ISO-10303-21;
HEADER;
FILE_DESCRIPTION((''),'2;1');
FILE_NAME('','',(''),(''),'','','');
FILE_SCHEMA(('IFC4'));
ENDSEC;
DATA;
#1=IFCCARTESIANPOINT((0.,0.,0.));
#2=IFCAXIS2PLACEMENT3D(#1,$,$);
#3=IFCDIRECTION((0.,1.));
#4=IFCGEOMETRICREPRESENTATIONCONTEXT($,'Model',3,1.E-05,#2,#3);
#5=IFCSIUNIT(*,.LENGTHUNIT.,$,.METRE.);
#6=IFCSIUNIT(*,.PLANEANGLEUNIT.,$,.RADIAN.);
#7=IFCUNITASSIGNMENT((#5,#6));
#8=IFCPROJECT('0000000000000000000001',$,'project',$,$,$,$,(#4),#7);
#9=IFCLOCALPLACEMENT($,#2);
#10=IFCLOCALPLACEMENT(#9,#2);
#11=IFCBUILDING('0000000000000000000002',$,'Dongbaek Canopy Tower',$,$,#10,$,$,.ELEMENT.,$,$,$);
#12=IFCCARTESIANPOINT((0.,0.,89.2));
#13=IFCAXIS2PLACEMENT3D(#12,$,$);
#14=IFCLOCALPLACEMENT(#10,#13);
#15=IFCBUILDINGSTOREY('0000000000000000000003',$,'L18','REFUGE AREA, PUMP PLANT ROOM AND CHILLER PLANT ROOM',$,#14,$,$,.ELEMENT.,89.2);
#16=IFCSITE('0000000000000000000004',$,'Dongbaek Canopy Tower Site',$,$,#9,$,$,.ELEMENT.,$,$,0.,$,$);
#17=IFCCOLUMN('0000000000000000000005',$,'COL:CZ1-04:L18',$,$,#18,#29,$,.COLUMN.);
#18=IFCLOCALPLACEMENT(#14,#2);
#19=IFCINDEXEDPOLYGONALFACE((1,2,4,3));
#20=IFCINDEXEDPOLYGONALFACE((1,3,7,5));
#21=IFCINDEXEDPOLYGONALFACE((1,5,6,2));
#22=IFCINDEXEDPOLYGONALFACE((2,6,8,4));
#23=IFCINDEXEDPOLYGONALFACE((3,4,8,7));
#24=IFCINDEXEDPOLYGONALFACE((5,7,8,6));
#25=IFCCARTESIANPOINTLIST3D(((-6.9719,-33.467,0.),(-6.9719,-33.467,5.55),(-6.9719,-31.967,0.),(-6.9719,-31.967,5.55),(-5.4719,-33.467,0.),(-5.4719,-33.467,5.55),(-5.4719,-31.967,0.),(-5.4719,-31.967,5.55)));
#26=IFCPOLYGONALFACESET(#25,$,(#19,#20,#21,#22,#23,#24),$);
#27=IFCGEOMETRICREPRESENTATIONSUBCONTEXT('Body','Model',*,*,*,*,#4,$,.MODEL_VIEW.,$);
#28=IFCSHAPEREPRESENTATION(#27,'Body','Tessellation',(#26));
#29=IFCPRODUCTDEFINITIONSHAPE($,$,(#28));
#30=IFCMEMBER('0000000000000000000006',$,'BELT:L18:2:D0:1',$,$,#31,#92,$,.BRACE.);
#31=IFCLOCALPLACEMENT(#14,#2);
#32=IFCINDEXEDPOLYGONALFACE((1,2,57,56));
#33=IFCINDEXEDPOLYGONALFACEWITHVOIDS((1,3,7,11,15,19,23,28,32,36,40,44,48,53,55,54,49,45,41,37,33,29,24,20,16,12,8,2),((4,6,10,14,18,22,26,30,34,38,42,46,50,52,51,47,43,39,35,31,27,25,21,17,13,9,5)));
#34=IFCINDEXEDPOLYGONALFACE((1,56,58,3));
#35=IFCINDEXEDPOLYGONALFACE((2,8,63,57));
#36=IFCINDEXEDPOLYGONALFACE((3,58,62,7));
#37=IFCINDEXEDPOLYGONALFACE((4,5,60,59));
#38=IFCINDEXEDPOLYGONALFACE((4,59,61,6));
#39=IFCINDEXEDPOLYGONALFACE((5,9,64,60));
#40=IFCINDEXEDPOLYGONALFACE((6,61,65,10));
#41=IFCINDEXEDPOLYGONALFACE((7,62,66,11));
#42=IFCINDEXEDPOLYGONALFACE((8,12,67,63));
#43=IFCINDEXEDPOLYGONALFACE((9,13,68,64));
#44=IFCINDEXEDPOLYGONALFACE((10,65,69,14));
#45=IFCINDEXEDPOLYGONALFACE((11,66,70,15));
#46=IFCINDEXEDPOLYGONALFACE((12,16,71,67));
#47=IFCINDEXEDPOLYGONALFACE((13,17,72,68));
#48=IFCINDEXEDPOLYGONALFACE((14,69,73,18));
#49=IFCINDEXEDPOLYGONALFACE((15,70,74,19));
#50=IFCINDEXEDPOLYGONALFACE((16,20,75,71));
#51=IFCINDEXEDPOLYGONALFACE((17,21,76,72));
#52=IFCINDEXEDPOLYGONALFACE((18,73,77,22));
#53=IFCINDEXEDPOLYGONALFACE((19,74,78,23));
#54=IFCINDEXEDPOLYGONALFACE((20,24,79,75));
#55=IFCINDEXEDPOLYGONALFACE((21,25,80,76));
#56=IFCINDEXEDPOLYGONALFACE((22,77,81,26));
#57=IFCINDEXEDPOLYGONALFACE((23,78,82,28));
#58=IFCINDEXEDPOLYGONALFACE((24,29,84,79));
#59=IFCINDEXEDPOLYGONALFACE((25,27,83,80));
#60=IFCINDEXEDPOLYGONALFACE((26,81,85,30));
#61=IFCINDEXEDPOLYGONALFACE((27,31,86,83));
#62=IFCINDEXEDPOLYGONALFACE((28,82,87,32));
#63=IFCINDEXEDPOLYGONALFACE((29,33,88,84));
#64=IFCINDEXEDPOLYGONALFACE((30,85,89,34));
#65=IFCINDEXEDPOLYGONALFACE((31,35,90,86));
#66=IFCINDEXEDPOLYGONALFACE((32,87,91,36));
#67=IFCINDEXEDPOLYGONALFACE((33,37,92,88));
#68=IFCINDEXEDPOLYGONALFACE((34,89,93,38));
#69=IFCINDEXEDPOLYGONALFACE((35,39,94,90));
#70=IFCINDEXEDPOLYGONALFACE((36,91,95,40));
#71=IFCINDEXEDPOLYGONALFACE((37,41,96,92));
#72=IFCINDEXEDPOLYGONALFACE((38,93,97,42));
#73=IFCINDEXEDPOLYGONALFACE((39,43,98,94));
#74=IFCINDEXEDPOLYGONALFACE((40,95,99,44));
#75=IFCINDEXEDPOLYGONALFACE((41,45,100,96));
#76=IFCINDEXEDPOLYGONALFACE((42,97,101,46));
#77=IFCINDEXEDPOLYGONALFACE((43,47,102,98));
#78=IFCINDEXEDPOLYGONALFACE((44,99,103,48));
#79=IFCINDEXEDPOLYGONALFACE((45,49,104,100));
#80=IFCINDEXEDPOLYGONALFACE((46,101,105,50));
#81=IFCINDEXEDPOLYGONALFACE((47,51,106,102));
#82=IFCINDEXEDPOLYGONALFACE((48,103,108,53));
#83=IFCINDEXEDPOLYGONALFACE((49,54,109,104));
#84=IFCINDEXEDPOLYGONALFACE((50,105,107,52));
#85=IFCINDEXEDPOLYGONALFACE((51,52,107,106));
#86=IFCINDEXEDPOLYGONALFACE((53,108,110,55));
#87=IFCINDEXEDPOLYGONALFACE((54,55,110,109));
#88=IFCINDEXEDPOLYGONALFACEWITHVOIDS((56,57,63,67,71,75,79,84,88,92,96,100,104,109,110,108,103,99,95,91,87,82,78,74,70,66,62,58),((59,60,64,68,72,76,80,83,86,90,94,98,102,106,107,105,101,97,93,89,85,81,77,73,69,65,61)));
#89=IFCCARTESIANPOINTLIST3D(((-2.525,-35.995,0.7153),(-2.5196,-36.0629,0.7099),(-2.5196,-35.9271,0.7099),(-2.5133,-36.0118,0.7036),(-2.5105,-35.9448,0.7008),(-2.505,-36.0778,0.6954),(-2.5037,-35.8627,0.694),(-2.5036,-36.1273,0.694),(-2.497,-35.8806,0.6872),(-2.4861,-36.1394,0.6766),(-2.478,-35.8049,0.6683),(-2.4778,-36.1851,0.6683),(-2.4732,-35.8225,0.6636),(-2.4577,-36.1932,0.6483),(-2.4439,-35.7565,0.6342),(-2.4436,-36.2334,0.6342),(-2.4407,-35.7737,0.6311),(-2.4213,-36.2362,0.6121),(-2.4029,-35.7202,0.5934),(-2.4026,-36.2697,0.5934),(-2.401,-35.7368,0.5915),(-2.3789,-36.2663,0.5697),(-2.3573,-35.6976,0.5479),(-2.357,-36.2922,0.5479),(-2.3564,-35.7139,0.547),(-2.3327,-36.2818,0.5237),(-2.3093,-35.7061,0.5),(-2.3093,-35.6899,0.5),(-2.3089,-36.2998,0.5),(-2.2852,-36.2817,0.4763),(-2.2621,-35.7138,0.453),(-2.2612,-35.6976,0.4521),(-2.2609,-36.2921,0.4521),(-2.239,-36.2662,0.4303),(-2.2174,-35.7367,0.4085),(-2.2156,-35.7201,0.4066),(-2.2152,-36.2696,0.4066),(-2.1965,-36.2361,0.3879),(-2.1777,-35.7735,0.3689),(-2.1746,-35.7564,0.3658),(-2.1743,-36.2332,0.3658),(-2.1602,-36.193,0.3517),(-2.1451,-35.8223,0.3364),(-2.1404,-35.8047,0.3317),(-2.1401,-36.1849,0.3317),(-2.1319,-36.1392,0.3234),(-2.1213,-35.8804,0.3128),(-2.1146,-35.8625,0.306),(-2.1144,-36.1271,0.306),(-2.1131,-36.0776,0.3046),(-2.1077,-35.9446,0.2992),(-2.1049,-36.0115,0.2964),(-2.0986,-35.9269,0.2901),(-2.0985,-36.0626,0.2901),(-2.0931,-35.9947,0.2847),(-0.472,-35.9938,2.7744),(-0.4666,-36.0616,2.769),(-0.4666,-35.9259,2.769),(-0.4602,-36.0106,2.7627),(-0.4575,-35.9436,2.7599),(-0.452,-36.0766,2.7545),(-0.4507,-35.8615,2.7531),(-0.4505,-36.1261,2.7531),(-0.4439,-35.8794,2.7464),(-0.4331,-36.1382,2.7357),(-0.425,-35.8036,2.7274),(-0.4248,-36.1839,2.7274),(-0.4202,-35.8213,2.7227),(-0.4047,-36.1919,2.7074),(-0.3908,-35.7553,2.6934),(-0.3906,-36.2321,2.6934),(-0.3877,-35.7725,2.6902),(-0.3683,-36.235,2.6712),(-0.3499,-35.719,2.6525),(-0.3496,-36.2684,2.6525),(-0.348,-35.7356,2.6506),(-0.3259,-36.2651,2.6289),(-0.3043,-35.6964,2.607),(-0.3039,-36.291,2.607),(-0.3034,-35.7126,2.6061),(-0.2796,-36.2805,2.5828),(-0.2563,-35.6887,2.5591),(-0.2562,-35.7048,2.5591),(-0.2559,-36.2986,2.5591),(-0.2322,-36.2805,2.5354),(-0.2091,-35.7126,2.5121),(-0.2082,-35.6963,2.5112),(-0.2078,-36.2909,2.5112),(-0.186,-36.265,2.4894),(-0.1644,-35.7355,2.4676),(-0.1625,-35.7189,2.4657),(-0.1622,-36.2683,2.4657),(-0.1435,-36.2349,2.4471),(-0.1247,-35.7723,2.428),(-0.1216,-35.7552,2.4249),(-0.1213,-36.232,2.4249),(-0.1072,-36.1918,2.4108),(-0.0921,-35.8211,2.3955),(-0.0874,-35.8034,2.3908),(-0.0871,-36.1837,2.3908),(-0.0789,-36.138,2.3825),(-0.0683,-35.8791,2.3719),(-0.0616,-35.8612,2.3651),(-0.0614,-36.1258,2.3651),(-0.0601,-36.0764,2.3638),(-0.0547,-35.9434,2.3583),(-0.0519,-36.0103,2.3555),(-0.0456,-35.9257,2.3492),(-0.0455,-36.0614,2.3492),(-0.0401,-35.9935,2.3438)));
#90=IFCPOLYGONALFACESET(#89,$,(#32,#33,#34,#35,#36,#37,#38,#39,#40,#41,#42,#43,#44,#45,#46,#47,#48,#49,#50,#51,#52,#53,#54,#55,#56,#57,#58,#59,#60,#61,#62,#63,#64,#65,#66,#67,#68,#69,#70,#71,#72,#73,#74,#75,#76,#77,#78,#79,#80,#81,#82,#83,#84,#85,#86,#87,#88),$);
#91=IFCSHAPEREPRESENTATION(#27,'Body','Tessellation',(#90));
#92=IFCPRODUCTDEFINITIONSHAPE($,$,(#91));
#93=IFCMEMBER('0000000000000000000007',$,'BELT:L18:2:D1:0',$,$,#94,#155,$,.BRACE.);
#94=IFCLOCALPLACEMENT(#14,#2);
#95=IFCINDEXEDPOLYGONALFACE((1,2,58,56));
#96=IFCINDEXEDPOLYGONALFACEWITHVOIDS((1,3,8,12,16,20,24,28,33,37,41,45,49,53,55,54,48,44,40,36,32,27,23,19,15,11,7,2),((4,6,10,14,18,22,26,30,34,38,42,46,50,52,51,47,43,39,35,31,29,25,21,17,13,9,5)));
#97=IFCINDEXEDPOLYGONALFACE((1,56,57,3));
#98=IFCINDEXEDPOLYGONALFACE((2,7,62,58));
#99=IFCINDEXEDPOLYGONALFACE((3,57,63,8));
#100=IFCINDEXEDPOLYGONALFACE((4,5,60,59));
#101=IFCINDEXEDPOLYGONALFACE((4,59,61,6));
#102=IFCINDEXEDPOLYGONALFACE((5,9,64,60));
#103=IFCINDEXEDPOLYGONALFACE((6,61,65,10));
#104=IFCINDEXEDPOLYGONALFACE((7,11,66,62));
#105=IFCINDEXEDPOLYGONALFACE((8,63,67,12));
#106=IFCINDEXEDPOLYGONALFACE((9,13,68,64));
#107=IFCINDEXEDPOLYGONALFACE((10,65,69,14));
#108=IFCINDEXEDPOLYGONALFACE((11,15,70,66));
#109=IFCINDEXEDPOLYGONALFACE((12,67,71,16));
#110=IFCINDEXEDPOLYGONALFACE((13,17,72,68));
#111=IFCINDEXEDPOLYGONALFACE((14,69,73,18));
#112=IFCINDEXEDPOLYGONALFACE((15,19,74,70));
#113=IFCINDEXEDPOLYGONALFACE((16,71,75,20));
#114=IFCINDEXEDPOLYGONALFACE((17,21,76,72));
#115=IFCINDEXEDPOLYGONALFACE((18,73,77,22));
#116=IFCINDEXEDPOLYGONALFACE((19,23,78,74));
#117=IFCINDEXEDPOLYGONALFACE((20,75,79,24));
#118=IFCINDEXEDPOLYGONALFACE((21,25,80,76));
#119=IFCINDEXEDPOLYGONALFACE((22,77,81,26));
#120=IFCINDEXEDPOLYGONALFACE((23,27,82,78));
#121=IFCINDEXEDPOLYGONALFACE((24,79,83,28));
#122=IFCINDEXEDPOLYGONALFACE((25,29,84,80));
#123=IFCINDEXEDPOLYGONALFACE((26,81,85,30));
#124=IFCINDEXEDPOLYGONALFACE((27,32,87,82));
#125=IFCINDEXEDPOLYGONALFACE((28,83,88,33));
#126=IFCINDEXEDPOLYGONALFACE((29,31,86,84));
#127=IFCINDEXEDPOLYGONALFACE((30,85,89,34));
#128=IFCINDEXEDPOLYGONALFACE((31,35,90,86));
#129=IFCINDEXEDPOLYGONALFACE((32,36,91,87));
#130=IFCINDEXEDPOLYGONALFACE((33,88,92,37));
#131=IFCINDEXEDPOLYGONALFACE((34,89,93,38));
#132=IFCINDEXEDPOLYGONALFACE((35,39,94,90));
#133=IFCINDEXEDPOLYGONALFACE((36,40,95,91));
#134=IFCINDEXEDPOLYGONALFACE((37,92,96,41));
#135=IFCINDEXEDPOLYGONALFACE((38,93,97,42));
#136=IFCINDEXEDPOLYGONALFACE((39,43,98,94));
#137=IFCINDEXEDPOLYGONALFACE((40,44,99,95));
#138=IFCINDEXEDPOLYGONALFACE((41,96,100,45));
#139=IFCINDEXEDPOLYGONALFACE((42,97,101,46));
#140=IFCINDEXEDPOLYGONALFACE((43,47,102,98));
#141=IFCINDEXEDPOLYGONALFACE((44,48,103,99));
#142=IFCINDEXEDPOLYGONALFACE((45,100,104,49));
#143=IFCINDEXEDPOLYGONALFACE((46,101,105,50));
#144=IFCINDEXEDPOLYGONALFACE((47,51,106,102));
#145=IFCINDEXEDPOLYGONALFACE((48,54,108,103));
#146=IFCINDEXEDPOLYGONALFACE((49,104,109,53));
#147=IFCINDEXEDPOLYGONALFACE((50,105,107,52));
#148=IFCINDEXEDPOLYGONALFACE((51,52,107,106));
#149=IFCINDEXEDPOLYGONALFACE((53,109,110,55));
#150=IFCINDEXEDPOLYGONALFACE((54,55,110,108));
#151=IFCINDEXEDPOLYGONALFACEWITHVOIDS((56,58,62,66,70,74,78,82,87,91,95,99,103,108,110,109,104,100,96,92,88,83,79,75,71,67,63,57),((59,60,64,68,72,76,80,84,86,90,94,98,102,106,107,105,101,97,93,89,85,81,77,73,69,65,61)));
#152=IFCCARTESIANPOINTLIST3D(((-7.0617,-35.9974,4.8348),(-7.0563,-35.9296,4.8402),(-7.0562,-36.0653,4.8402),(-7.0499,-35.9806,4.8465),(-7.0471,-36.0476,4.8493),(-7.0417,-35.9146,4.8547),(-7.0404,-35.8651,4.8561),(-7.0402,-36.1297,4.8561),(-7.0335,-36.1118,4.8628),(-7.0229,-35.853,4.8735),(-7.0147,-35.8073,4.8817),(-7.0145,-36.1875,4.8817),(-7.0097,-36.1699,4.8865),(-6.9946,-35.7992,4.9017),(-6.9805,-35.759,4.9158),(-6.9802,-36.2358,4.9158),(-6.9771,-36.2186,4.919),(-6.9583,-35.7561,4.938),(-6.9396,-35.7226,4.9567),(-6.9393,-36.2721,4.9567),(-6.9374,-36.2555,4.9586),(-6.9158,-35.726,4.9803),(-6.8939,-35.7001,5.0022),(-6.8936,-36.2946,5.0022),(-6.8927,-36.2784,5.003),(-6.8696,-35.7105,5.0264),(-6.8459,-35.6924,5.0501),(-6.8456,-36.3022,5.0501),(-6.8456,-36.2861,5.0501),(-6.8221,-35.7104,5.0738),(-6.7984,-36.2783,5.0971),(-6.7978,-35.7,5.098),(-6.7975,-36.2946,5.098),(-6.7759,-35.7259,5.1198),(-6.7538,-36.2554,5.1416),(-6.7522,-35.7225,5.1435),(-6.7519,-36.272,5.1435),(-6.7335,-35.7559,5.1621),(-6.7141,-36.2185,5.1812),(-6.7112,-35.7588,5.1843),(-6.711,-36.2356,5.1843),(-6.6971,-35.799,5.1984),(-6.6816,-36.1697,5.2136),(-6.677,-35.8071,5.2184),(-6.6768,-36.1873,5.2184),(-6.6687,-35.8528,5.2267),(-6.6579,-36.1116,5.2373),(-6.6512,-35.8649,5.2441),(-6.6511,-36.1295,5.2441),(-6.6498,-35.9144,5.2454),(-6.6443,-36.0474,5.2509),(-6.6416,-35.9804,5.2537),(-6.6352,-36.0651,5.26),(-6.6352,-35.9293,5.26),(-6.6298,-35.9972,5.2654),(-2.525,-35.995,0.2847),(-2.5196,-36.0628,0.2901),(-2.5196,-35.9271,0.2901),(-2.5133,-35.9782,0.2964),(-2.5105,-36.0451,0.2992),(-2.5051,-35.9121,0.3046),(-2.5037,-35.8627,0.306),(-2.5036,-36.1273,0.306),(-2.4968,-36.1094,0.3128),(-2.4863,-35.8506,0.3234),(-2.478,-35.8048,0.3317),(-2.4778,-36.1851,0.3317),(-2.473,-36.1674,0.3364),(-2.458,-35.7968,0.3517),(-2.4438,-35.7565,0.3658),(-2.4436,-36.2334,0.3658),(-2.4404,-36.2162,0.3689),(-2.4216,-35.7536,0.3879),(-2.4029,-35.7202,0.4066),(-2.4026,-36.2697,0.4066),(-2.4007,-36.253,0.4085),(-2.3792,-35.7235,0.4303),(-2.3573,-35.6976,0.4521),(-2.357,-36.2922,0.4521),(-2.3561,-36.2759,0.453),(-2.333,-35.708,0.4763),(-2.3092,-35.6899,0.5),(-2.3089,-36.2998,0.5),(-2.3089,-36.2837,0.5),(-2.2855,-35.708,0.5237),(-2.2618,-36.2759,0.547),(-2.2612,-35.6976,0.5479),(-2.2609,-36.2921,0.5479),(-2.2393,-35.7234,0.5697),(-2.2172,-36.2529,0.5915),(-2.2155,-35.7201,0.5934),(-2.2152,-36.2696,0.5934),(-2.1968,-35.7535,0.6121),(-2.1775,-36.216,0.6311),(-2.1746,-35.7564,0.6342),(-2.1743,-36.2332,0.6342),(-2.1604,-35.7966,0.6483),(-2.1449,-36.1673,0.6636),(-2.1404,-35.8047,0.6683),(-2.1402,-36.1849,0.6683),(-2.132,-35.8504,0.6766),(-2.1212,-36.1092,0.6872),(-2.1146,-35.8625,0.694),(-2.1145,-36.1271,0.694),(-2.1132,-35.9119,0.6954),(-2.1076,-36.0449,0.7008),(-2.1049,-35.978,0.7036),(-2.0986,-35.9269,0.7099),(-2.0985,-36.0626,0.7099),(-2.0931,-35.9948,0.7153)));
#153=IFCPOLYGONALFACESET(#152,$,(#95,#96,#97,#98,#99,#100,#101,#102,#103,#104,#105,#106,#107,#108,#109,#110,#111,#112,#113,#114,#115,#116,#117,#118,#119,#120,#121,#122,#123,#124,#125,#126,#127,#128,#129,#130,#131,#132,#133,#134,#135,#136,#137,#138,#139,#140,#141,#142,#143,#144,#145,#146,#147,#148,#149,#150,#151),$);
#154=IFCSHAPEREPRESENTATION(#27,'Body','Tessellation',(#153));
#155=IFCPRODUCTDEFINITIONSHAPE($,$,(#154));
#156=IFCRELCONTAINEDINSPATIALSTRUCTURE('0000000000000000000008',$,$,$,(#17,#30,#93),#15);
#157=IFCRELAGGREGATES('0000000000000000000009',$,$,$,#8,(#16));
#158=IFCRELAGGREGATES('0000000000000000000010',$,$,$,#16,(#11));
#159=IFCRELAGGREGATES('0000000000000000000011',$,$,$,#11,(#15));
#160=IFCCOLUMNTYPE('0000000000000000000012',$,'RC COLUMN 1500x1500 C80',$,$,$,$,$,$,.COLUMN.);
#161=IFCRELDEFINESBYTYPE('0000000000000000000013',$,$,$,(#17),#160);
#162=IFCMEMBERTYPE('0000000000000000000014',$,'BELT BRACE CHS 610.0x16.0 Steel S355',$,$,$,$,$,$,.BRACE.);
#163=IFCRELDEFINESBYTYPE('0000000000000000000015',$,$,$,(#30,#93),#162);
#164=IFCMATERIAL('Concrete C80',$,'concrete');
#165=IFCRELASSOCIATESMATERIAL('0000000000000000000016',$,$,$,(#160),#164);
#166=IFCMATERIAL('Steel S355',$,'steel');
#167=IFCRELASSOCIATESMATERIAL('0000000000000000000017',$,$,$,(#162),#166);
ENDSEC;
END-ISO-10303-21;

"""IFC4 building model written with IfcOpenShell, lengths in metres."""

from ifc_helpers import new_model, si_unit, direction, frame, origin, origin_2d, place, context, subcontext, project, spatial, rectangle, hollow_circle, extrude, material, material_profile, profile_set, type_object, element, save


model = new_model("IFC4")

# Units and contexts
model_context = context("Model", 3, precision=1e-05, world=origin(), true_north=direction((0.0, 1.0)))
body_context = subcontext(model_context, "Body", "Model", "MODEL_VIEW")
ifc_project = project(units=[si_unit("LENGTHUNIT", "METRE"), si_unit("PLANEANGLEUNIT", "RADIAN")], contexts=[model_context])

# Site, building, storey
site_placement = place(None, origin())
site = spatial("IfcSite", under=ifc_project, at=site_placement, Name="Dongbaek Canopy Tower Site", CompositionType="ELEMENT", RefElevation=0.0)
building_placement = place(site_placement, origin())
building = spatial("IfcBuilding", under=site, at=building_placement, Name="Dongbaek Canopy Tower", CompositionType="ELEMENT")
storey_placement = place(building_placement, frame((0.0, 0.0, 89.2)))
storey = spatial("IfcBuildingStorey", under=building, at=storey_placement, Name="L18", Description="REFUGE AREA, PUMP PLANT ROOM AND CHILLER PLANT ROOM", CompositionType="ELEMENT", Elevation=89.2)

# Column
ifc_material_1 = material(Name="Concrete C80", Category="concrete")
ifc_material_profile_1 = material_profile(ifc_material_1, rectangle(XDim=1.5, YDim=1.5, at=origin_2d()), Name="RC COLUMN 1500x1500 C80")
ifc_profile_set_1 = profile_set([ifc_material_profile_1], Name="Concrete C80")
column_type = type_object("IfcColumnType", Name="RC COLUMN 1500x1500 C80", PredefinedType="COLUMN", material=ifc_profile_set_1)
column_placement = place(storey_placement, frame((-6.2219, -32.717, 0.0), z_axis=(0.0, 0.0, 1.0), x_axis=(1.0, 0.0, 0.0)))
element("IfcColumn", 1, at=column_placement, inside=storey, type_object=column_type, Name="COL:CZ1-04:L18", PredefinedType="COLUMN", context=body_context, shape_type="SweptSolid", body=[
    extrude(rectangle(XDim=1.5, YDim=1.5, at=origin_2d()), origin(), (0.0, 0.0, 1.0), 5.55),
])

# Members
ifc_material_2 = material(Name="Steel S355", Category="steel")
ifc_material_profile_2 = material_profile(ifc_material_2, hollow_circle(Radius=0.3049, WallThickness=0.0161, at=origin_2d()), Name="BELT BRACE CHS 610.0x16.0 Steel S355")
ifc_profile_set_2 = profile_set([ifc_material_profile_2], Name="Steel S355")
member_type_1 = type_object("IfcMemberType", Name="BELT BRACE CHS 610.0x16.0 Steel S355", PredefinedType="BRACE", material=ifc_profile_set_2)
member_1_placement = place(storey_placement, frame((-2.3091, -35.9949, 0.5), z_axis=(0.706056, 0.00042, 0.708155), x_axis=(-0.000595, 1.0, 0.0)))
element("IfcMember", 2, at=member_1_placement, inside=storey, type_object=member_type_1, Name="BELT:L18:2:D0:1", PredefinedType="BRACE", context=body_context, shape_type="SweptSolid", body=[
    extrude(hollow_circle(Radius=0.3049, WallThickness=0.0161, at=origin_2d()), origin(), (0.0, 0.0, 1.0), 2.9077),
])
member_2_placement = place(storey_placement, frame((-2.3091, -35.9949, 0.5), z_axis=(-0.706061, -0.00038, 0.708151), x_axis=(0.000538, -1.0, 0.0)))
element("IfcMember", 3, at=member_2_placement, inside=storey, type_object=member_type_1, Name="BELT:L18:2:D1:0", PredefinedType="BRACE", context=body_context, shape_type="SweptSolid", body=[
    extrude(hollow_circle(Radius=0.3049, WallThickness=0.0161, at=origin_2d()), origin(), (0.0, 0.0, 1.0), 6.4253),
])

save(model, "model.ifc")
